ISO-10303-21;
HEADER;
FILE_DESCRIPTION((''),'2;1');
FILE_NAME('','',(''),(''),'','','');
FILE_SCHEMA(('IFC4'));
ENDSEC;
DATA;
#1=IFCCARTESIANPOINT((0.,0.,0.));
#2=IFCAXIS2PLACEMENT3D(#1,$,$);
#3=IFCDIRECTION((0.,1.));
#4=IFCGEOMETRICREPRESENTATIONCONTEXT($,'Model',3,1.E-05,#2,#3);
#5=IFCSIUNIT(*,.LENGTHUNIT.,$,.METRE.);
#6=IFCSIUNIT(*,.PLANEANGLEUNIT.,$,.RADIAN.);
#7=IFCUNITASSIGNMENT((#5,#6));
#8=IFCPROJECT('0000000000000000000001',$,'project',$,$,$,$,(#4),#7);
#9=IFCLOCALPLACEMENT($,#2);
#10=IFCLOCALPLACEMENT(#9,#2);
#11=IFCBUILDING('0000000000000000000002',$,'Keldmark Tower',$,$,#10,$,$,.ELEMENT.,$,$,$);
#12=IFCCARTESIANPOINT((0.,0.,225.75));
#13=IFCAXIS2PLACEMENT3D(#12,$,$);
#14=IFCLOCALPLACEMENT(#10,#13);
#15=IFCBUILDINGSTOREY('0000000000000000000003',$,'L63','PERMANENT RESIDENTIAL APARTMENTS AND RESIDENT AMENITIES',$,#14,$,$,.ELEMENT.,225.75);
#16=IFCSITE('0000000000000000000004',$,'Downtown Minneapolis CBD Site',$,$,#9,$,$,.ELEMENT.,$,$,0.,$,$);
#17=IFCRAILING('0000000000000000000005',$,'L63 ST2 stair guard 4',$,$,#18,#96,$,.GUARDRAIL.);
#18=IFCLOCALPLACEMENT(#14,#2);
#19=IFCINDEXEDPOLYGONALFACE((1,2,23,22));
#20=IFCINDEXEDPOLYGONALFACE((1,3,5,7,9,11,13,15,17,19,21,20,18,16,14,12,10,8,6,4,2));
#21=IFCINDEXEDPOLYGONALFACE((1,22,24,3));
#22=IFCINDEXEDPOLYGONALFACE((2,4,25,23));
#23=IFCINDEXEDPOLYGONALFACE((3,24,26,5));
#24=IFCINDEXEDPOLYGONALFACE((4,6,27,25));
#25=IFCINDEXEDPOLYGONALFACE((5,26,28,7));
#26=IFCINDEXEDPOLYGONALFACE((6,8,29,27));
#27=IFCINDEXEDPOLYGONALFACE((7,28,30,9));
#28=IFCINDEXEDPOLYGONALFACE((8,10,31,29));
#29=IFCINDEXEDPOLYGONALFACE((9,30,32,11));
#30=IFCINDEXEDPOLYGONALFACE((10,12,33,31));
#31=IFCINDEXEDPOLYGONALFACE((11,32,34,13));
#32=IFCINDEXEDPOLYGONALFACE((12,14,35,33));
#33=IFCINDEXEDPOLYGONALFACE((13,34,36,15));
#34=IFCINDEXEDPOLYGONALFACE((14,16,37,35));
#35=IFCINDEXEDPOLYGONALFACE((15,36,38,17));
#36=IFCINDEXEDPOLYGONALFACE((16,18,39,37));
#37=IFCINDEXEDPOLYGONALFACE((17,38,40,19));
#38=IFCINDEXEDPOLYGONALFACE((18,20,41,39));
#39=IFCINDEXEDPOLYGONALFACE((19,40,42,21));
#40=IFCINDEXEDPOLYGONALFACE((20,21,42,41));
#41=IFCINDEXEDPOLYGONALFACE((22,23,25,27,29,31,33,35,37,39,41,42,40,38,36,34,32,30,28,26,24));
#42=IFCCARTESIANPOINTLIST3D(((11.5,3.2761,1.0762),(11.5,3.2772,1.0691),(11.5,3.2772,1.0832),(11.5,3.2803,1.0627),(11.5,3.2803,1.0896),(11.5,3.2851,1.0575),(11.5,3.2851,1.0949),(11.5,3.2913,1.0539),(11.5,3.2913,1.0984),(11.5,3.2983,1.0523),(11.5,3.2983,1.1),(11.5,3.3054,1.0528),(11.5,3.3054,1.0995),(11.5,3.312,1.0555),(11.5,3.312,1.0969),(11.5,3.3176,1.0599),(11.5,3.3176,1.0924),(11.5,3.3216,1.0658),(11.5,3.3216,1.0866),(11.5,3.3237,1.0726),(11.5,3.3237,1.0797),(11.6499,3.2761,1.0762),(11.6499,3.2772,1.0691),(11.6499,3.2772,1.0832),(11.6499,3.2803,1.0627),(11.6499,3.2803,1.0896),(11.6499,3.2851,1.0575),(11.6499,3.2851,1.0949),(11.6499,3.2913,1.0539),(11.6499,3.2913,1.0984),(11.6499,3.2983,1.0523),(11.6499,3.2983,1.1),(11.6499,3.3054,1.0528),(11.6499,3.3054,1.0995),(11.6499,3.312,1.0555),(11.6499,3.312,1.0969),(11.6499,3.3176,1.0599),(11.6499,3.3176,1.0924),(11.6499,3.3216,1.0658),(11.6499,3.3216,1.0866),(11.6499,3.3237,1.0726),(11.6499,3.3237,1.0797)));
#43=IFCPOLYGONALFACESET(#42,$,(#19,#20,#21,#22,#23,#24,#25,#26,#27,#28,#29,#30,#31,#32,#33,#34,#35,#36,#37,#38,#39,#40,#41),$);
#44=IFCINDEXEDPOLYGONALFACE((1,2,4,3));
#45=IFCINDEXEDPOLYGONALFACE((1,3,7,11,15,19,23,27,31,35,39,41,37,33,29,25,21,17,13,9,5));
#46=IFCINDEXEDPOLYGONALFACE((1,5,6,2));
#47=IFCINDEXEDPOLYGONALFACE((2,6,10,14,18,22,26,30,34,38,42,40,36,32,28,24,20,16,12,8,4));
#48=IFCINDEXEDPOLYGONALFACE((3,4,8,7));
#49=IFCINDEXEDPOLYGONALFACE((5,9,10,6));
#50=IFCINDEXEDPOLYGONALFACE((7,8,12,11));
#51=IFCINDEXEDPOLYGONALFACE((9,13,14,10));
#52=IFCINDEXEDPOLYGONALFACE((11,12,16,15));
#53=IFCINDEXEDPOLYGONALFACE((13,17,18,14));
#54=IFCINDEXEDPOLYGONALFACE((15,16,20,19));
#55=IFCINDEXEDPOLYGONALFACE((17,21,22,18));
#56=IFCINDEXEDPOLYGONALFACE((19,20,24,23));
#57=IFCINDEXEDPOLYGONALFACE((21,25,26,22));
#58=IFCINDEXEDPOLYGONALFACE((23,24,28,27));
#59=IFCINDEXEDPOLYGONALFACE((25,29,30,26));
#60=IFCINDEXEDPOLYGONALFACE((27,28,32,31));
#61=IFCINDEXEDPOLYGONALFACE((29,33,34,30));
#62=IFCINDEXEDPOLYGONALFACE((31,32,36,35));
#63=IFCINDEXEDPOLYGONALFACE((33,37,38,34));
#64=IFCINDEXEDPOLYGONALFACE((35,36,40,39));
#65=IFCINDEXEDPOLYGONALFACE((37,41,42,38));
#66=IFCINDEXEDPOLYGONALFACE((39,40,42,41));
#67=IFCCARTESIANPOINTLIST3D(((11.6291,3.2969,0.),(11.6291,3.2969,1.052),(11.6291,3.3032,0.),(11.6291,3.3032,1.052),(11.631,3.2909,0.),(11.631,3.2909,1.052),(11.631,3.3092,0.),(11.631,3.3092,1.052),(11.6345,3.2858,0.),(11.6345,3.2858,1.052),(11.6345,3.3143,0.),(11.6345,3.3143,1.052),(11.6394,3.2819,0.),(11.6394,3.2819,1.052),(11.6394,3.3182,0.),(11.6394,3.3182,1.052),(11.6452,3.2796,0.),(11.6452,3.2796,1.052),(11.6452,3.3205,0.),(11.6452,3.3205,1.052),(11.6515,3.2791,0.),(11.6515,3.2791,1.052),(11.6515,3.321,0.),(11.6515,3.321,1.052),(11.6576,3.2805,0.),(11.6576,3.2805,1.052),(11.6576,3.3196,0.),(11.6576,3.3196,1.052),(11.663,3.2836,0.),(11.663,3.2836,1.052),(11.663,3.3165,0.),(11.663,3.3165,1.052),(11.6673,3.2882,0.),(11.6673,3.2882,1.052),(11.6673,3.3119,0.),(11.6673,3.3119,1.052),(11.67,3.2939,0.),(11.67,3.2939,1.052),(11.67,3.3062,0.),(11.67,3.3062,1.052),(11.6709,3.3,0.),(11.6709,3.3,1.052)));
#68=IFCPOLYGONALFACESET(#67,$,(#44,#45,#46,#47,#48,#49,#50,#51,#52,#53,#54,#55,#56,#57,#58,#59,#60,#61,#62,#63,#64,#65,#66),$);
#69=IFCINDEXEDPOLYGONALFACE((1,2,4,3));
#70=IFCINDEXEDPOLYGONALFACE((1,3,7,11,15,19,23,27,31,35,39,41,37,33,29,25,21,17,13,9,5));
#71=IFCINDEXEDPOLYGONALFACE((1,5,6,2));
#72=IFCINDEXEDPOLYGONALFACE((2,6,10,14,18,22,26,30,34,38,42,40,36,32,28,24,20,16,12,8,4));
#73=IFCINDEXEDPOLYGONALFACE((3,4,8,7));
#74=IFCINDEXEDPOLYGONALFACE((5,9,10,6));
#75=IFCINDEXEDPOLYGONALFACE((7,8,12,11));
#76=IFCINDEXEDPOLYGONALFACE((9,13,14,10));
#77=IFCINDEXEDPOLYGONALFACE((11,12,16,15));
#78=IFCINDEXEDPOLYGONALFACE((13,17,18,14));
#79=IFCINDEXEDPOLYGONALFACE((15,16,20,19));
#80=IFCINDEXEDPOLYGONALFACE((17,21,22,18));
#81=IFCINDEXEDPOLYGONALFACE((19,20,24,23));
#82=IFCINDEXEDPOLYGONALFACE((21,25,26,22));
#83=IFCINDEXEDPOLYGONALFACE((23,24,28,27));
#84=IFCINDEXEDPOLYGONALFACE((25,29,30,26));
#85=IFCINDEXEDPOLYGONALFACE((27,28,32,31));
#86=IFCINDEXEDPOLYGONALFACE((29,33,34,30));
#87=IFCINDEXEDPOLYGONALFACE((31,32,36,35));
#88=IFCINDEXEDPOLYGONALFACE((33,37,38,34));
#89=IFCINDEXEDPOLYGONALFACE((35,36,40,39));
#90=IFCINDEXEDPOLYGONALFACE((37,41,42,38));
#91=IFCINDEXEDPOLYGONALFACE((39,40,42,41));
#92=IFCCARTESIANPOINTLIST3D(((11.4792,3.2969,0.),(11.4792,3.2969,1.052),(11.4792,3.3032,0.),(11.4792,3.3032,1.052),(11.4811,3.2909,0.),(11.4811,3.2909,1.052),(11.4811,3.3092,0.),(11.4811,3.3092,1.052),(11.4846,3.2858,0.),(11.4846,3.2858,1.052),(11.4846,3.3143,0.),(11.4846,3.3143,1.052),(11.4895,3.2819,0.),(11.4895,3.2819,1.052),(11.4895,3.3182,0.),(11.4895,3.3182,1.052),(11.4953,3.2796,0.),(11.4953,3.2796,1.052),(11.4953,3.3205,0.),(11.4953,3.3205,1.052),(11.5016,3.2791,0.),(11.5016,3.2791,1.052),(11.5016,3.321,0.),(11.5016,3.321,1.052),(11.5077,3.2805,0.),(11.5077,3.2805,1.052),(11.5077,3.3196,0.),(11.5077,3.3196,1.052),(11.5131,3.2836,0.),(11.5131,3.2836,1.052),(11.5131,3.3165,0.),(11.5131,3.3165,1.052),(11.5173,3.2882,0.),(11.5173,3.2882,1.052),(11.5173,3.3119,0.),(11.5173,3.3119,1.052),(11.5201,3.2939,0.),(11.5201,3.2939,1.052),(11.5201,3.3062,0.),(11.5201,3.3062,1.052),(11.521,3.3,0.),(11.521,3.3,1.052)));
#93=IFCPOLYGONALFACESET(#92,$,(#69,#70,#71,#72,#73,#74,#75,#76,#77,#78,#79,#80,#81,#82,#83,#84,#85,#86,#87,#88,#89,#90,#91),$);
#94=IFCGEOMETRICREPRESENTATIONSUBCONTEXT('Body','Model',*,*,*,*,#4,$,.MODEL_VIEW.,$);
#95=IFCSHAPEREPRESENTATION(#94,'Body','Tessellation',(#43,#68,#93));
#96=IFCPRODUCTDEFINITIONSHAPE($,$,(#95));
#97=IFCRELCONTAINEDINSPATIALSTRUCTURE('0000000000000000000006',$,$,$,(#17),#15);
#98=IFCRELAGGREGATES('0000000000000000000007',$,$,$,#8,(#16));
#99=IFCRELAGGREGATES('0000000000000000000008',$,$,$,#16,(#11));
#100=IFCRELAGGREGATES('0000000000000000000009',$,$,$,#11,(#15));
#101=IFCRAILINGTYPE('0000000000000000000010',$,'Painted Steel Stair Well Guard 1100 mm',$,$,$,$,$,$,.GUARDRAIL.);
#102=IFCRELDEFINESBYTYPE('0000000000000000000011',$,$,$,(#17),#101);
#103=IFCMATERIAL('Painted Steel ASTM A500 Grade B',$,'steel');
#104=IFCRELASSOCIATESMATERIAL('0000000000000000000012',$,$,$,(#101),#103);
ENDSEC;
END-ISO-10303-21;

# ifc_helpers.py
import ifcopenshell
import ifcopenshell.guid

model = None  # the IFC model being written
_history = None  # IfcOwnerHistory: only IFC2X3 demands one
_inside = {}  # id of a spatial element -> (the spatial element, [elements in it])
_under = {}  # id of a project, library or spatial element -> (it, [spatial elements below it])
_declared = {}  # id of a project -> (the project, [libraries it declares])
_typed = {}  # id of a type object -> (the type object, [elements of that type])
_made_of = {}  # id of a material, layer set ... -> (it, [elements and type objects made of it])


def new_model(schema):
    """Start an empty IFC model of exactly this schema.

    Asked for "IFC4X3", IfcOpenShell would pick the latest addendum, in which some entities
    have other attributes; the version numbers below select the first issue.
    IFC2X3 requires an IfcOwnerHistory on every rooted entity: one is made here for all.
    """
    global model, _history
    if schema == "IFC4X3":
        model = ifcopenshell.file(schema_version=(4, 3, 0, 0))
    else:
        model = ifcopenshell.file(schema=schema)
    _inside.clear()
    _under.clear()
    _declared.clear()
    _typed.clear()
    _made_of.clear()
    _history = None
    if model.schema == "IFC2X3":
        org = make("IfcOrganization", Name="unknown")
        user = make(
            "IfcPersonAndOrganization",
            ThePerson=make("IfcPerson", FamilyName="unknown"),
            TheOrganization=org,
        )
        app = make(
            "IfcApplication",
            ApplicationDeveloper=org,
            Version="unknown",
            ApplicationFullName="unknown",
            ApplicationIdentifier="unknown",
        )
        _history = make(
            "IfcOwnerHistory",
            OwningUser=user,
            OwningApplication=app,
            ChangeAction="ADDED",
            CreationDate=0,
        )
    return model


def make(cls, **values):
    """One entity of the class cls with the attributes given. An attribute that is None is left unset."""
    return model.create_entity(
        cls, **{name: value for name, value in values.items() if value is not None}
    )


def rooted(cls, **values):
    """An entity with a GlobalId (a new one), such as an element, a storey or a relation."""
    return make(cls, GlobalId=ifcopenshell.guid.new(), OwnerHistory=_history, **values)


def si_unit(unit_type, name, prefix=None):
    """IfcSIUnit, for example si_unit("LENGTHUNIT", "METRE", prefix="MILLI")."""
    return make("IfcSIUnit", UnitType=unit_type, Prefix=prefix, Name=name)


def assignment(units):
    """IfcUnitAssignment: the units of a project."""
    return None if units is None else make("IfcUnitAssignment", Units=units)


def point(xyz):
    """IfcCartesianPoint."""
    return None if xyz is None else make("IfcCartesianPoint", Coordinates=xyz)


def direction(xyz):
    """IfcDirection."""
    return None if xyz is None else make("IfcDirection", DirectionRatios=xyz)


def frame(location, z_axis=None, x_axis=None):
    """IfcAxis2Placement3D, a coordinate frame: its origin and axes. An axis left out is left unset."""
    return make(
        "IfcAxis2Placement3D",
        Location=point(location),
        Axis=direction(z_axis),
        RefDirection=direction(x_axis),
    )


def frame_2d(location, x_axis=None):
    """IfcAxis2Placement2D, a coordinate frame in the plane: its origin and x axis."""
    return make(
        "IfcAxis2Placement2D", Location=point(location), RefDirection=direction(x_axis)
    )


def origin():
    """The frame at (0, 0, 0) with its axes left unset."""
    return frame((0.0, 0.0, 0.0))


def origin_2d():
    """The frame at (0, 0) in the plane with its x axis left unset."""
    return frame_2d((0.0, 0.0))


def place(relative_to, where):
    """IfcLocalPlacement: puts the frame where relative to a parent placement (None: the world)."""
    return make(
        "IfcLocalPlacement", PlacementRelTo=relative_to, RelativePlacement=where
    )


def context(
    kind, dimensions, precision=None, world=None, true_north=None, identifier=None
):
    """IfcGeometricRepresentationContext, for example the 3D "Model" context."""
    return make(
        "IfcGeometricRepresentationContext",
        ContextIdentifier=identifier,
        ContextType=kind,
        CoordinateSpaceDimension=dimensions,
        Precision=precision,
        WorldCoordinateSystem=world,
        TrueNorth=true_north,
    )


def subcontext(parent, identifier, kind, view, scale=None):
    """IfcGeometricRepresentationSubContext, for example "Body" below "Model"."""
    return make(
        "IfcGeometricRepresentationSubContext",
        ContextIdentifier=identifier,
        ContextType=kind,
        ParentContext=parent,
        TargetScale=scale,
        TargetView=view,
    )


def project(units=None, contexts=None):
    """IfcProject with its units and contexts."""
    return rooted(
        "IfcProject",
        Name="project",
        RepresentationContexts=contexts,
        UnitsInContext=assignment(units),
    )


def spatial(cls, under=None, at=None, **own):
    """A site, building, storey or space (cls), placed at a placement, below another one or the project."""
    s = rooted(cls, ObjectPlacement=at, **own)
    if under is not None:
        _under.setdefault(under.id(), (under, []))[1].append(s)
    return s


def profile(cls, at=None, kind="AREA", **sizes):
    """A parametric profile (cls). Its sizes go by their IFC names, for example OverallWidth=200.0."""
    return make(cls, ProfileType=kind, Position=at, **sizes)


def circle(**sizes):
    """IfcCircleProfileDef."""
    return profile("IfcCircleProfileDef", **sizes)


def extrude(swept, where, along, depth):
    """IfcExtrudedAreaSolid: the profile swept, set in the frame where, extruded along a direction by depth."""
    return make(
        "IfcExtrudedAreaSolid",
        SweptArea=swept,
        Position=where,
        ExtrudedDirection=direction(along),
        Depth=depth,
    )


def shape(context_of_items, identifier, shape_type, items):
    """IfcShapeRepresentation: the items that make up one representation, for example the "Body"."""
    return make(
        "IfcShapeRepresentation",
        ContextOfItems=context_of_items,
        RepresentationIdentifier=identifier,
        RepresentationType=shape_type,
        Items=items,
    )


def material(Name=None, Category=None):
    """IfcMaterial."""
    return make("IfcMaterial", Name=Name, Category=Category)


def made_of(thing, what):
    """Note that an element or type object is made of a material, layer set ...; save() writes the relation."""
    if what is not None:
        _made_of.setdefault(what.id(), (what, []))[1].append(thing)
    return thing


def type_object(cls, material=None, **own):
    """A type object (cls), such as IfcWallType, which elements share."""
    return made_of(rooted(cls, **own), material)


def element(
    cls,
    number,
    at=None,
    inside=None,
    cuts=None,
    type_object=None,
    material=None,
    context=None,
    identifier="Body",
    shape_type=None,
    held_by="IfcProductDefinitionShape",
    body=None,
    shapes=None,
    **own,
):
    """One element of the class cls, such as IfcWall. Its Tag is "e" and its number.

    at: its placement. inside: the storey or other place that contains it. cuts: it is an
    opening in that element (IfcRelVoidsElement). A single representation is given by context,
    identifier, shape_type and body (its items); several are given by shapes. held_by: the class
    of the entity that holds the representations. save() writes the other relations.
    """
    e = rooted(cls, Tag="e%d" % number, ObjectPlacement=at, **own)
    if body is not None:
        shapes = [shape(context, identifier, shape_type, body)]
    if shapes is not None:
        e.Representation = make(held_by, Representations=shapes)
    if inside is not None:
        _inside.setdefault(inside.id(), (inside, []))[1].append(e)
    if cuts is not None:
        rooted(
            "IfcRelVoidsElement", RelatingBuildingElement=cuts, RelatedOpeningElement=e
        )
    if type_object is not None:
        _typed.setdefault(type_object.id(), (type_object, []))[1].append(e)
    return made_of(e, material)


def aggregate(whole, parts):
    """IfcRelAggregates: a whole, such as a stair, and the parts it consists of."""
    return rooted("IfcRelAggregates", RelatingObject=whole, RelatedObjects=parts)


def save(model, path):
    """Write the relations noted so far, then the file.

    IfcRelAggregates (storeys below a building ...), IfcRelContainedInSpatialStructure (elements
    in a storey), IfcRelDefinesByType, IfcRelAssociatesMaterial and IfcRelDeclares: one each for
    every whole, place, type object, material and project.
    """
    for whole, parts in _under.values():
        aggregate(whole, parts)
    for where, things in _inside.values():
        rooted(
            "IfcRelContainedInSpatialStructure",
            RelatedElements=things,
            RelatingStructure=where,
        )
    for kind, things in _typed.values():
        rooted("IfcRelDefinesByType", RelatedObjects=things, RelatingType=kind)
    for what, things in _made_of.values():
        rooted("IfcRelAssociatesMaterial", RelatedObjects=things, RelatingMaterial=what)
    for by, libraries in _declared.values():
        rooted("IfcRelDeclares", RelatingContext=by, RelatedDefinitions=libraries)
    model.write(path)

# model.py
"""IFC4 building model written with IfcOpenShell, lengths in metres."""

from ifc_helpers import new_model, si_unit, direction, frame, origin, origin_2d, place, context, subcontext, project, spatial, circle, extrude, material, type_object, element, save


model = new_model("IFC4")

# Units and contexts
model_context = context("Model", 3, precision=1e-05, world=origin(), true_north=direction((0.0, 1.0)))
body_context = subcontext(model_context, "Body", "Model", "MODEL_VIEW")
ifc_project = project(units=[si_unit("LENGTHUNIT", "METRE"), si_unit("PLANEANGLEUNIT", "RADIAN")], contexts=[model_context])

# Site, building, storey
site_placement = place(None, origin())
site = spatial("IfcSite", under=ifc_project, at=site_placement, Name="Downtown Minneapolis CBD Site", CompositionType="ELEMENT", RefElevation=0.0)
building_placement = place(site_placement, origin())
building = spatial("IfcBuilding", under=site, at=building_placement, Name="Keldmark Tower", CompositionType="ELEMENT")
storey_placement = place(building_placement, frame((0.0, 0.0, 225.75)))
storey = spatial("IfcBuildingStorey", under=building, at=storey_placement, Name="L63", Description="PERMANENT RESIDENTIAL APARTMENTS AND RESIDENT AMENITIES", CompositionType="ELEMENT", Elevation=225.75)

# Railing
ifc_material_1 = material(Name="Painted Steel ASTM A500 Grade B", Category="steel")
railing_type_1 = type_object("IfcRailingType", Name="Painted Steel Stair Well Guard 1100 mm", PredefinedType="GUARDRAIL", material=ifc_material_1)
railing_1_placement = place(storey_placement, frame((11.6499, 3.3, 0.0)))
element("IfcRailing", 1, at=railing_1_placement, inside=storey, type_object=railing_type_1, Name="L63 ST2 stair guard 4", PredefinedType="GUARDRAIL", context=body_context, shape_type="SweptSolid", body=[
    extrude(circle(Radius=0.0239, at=origin_2d()), frame((0.0, 0.0, 1.0762), z_axis=(-1.0, 0.0, 0.0), x_axis=(0.0, -1.0, 0.0)), (0.0, 0.0, 1.0), 0.1499),
    extrude(circle(Radius=0.021, at=origin_2d()), origin(), (0.0, 0.0, 1.0), 1.052),
    extrude(circle(Radius=0.021, at=origin_2d()), frame((-0.1499, 0.0, 0.0)), (0.0, 0.0, 1.0), 1.052),
])

save(model, "model.ifc")
